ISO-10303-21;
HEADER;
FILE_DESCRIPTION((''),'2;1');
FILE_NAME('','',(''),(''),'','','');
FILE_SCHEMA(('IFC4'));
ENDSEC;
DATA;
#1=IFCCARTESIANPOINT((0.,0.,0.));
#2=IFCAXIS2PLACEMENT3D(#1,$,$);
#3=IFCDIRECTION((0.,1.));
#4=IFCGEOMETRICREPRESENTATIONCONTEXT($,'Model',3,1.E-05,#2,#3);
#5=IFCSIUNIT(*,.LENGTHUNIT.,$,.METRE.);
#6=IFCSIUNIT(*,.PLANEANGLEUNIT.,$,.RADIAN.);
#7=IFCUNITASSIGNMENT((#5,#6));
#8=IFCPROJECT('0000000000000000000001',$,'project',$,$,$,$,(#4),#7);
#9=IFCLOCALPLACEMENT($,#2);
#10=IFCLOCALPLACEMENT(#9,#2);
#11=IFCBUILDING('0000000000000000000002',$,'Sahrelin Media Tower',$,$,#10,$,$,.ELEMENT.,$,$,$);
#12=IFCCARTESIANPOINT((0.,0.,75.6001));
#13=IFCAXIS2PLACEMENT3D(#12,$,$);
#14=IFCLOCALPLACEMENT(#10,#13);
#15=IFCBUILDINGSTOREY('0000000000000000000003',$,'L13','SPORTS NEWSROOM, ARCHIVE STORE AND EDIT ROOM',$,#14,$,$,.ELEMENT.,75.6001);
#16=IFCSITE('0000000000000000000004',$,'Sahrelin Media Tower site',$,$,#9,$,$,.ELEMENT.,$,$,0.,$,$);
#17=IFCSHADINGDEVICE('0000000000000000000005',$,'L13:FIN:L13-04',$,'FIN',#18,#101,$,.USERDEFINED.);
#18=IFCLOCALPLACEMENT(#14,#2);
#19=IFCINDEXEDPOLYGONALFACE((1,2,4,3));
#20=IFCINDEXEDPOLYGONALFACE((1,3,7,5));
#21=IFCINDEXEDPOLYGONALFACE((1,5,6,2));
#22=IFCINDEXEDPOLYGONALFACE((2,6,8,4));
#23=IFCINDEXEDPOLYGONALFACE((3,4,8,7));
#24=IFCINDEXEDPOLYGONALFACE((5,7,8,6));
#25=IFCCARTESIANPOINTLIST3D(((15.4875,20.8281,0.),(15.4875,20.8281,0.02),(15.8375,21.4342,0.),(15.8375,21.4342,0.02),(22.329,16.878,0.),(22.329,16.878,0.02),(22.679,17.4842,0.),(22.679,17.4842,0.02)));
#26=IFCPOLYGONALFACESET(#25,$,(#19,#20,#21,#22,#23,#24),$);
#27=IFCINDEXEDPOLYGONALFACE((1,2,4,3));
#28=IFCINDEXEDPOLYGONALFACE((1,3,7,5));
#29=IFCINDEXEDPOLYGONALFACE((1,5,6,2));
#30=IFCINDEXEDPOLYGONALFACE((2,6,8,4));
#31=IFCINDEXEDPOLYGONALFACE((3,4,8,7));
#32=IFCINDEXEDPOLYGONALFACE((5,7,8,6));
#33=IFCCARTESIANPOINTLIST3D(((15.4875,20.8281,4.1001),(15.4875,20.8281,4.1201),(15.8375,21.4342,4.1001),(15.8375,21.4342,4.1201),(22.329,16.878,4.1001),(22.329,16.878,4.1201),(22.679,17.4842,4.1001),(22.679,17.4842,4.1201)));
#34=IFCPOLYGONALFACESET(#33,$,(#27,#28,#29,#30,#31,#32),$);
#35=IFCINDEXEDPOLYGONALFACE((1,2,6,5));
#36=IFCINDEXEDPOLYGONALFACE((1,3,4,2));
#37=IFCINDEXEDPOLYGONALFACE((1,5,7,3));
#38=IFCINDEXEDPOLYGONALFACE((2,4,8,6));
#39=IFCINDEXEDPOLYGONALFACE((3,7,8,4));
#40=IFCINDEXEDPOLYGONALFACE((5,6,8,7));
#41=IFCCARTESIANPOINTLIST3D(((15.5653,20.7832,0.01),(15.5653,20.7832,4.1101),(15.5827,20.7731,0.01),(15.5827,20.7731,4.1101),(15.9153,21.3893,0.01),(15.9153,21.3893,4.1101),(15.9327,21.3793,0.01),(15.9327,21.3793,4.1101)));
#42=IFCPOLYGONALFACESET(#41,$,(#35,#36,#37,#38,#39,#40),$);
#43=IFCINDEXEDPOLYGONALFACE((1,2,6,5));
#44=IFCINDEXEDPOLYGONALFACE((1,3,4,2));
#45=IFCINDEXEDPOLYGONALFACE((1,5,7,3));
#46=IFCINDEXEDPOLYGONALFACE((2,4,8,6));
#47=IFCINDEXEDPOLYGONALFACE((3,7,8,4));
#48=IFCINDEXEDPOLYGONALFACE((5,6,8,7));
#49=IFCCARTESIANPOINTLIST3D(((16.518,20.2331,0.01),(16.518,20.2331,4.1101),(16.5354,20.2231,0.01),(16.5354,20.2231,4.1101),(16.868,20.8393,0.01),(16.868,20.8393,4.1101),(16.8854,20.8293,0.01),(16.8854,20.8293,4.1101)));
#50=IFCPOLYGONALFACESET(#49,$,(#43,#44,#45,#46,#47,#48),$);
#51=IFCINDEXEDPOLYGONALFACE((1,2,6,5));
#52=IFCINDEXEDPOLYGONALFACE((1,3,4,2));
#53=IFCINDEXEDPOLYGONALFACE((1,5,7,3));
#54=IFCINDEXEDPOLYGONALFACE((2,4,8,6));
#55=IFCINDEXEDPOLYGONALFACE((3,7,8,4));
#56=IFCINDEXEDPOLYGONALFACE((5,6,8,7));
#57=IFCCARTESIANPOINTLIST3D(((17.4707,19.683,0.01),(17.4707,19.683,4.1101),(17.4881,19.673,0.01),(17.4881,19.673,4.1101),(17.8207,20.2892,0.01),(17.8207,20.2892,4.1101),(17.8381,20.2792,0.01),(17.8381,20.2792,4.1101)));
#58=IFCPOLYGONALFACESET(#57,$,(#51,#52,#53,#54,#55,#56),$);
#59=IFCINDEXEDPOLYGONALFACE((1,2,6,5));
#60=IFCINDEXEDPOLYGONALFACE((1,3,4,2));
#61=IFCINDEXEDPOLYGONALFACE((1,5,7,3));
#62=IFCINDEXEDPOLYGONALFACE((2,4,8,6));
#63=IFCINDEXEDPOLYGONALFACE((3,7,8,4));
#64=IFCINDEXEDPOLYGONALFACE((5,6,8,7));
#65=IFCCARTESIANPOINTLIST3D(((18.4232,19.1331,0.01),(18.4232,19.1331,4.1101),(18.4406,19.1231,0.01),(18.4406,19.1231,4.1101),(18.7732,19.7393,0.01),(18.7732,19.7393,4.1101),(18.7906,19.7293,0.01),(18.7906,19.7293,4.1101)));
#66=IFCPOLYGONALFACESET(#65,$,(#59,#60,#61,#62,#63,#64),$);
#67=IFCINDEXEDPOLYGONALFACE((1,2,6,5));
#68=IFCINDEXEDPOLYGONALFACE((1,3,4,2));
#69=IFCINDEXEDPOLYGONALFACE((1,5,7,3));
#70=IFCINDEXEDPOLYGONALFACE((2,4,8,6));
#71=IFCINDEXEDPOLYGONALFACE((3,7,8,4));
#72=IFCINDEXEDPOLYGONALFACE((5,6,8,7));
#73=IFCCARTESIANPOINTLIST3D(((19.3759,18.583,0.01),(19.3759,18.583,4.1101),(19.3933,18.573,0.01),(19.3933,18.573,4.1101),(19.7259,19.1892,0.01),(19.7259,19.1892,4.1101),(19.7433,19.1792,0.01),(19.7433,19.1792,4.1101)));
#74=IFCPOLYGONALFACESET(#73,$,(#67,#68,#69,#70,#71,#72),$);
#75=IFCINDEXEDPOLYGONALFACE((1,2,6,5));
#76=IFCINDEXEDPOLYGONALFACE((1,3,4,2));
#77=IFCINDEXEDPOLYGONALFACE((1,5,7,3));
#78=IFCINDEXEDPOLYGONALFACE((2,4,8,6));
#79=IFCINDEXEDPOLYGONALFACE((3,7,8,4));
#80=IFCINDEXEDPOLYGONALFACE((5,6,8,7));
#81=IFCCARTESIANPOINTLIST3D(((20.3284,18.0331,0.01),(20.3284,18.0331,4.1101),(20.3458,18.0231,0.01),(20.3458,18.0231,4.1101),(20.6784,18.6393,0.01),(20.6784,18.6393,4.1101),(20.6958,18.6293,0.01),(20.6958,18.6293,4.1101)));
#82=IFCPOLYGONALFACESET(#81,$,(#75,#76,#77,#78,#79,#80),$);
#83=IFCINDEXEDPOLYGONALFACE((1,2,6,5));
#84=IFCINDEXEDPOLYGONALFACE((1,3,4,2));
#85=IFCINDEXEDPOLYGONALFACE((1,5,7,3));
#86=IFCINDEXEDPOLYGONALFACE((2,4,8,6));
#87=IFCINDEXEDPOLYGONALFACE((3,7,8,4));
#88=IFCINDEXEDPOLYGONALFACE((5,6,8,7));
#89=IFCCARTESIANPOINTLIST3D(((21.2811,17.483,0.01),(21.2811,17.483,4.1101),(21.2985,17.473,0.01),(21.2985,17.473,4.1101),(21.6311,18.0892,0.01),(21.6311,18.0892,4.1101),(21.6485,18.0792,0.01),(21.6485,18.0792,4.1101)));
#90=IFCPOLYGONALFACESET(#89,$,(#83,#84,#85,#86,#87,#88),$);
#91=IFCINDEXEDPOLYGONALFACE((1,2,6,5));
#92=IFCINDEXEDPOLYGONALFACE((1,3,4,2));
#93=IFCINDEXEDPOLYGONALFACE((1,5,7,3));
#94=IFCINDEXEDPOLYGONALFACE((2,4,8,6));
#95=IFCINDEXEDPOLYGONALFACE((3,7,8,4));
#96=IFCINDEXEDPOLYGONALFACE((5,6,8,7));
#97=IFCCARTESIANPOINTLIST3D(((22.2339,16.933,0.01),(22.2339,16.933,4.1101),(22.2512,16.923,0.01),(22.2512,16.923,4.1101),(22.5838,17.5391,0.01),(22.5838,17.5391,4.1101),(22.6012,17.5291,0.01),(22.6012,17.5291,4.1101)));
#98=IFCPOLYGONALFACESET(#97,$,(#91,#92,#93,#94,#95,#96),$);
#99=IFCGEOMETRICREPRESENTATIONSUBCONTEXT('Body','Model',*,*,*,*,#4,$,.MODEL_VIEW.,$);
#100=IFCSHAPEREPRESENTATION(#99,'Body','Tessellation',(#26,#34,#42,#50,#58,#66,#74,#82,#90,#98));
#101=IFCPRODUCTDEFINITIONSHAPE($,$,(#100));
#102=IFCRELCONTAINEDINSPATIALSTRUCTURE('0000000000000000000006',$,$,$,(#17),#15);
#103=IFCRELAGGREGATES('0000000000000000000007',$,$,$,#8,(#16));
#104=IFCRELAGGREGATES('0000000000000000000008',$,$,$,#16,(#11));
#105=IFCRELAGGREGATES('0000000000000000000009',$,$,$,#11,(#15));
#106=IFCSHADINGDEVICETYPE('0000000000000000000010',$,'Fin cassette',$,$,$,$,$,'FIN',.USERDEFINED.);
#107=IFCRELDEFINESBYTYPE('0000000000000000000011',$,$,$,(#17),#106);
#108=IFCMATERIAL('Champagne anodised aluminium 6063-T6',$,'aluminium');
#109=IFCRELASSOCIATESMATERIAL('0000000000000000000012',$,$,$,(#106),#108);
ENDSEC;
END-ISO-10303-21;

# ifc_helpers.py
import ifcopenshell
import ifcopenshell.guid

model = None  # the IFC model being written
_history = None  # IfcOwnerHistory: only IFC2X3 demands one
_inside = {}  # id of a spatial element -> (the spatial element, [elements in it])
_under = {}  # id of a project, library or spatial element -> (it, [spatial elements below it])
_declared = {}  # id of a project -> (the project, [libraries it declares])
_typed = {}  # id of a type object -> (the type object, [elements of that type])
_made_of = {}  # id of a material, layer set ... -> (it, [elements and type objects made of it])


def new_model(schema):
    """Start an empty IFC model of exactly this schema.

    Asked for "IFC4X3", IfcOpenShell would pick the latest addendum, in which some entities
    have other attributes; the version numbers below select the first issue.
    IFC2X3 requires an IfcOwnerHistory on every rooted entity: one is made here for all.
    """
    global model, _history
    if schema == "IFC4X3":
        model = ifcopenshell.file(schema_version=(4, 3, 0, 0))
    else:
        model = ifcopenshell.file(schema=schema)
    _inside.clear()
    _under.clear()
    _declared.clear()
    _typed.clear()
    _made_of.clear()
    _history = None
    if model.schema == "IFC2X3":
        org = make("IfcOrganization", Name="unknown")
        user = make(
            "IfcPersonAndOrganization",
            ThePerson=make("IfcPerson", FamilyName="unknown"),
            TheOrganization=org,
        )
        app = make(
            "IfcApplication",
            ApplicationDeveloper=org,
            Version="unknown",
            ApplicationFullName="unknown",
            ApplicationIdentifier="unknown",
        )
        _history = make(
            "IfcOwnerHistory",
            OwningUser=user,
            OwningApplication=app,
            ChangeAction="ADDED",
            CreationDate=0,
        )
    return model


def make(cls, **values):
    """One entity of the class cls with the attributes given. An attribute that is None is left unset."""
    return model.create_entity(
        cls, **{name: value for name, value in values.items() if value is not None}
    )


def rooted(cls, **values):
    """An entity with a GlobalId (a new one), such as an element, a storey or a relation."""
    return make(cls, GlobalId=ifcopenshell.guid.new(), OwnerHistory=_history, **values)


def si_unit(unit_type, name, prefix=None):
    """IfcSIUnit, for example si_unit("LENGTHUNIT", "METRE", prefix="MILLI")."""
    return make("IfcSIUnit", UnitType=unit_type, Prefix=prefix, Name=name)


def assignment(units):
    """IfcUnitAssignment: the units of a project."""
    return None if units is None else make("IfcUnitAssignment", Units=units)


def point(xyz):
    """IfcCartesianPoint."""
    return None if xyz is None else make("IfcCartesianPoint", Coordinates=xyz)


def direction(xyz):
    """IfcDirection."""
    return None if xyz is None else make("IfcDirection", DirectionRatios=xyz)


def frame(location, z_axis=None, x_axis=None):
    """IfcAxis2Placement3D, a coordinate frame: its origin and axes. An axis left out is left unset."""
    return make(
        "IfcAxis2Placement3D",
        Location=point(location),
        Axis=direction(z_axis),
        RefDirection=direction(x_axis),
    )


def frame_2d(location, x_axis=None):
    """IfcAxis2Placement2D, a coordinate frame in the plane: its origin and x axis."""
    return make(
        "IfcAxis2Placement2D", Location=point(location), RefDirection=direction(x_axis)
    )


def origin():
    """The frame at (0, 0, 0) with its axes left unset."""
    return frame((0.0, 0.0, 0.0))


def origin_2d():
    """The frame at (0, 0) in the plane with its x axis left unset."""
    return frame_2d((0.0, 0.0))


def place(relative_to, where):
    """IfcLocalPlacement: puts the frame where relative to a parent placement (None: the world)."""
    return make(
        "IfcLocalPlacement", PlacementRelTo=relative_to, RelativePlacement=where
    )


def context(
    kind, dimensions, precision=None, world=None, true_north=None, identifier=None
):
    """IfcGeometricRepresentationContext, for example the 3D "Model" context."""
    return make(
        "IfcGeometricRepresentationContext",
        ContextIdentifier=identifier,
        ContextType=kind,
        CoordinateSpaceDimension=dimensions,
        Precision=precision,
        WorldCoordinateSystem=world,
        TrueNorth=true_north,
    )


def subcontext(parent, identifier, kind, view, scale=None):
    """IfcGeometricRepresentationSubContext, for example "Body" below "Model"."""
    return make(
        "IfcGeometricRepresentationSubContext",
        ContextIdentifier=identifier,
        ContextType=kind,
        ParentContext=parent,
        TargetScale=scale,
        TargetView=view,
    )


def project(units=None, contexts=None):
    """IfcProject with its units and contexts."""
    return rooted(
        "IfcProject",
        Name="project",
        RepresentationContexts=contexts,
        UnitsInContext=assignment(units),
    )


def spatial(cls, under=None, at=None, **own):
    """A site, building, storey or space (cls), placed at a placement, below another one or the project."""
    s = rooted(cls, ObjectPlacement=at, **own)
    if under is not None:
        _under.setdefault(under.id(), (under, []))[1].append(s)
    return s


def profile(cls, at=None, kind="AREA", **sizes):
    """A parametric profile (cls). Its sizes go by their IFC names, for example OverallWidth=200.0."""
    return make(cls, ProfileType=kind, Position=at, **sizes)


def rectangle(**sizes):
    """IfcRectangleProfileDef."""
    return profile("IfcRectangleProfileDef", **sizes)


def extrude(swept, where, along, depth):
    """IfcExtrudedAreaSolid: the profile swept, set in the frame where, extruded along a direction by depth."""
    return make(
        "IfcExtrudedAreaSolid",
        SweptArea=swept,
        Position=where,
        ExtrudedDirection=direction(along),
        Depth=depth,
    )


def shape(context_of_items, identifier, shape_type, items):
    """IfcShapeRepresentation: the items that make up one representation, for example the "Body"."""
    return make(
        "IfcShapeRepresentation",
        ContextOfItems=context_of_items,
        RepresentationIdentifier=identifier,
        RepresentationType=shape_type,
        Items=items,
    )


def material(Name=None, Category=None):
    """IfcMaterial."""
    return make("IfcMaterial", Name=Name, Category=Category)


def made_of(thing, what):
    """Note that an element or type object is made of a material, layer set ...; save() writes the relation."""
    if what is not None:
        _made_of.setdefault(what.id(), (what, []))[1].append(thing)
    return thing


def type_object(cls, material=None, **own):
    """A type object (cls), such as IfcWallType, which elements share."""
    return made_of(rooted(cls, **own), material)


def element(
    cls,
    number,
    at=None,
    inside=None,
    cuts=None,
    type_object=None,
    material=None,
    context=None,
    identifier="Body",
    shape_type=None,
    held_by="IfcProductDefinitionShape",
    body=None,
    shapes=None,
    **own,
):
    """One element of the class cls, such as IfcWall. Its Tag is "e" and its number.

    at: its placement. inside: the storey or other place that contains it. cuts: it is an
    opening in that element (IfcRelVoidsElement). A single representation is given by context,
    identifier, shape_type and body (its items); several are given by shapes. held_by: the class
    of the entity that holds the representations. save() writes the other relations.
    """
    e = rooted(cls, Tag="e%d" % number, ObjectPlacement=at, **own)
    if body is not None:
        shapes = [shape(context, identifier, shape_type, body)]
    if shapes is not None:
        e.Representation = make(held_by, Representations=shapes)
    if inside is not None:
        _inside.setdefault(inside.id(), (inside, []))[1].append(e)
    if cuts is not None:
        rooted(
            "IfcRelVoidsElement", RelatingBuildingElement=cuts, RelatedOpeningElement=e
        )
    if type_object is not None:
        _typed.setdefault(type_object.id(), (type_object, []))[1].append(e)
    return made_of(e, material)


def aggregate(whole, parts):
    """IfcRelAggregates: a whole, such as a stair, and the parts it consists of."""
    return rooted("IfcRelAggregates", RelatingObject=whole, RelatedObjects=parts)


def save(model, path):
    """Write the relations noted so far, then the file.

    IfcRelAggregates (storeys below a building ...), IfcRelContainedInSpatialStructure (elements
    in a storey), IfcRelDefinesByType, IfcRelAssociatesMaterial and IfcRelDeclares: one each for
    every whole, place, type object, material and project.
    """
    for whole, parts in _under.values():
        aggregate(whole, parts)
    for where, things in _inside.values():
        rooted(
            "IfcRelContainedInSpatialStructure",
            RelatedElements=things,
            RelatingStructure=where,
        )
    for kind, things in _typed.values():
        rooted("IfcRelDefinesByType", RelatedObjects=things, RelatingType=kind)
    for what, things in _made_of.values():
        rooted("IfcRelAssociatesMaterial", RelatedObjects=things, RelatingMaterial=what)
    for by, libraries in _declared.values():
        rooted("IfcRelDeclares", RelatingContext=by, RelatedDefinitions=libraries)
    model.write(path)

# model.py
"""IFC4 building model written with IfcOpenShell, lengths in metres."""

from ifc_helpers import new_model, si_unit, direction, frame, origin, origin_2d, place, context, subcontext, project, spatial, rectangle, extrude, material, type_object, element, save


model = new_model("IFC4")

# Units and contexts
model_context = context("Model", 3, precision=1e-05, world=origin(), true_north=direction((0.0, 1.0)))
body_context = subcontext(model_context, "Body", "Model", "MODEL_VIEW")
ifc_project = project(units=[si_unit("LENGTHUNIT", "METRE"), si_unit("PLANEANGLEUNIT", "RADIAN")], contexts=[model_context])

# Site, building, storey
site_placement = place(None, origin())
site = spatial("IfcSite", under=ifc_project, at=site_placement, Name="Sahrelin Media Tower site", CompositionType="ELEMENT", RefElevation=0.0)
building_placement = place(site_placement, origin())
building = spatial("IfcBuilding", under=site, at=building_placement, Name="Sahrelin Media Tower", CompositionType="ELEMENT")
storey_placement = place(building_placement, frame((0.0, 0.0, 75.6001)))
storey = spatial("IfcBuildingStorey", under=building, at=storey_placement, Name="L13", Description="SPORTS NEWSROOM, ARCHIVE STORE AND EDIT ROOM", CompositionType="ELEMENT", Elevation=75.6001)

# Shared definitions
ifc_material_1 = material(Name="Champagne anodised aluminium 6063-T6", Category="aluminium")

# Shading device
shading_device_type_1 = type_object("IfcShadingDeviceType", Name="Fin cassette", ElementType="FIN", PredefinedType="USERDEFINED", material=ifc_material_1)
placement = place(storey_placement, frame((18.8733, 18.7925, 0.0), z_axis=(0.0, 0.0, 1.0), x_axis=(0.866019, -0.500011, 0.0)))
element("IfcShadingDevice", 1, at=placement, inside=storey, type_object=shading_device_type_1, Name="L13:FIN:L13-04", ObjectType="FIN", PredefinedType="USERDEFINED", context=body_context, shape_type="SweptSolid", body=[
    extrude(rectangle(XDim=7.8999, YDim=0.7, at=origin_2d()), frame((0.0, 0.4199, 0.0)), (0.0, 0.0, 1.0), 0.02),
    extrude(rectangle(XDim=7.8999, YDim=0.7, at=origin_2d()), frame((0.0, 0.4199, 4.1001)), (0.0, 0.0, 1.0), 0.02),
    extrude(rectangle(XDim=0.02, YDim=0.7, at=origin_2d()), frame((-3.8501, 0.4199, 0.01), z_axis=(0.0, 0.0, 1.0), x_axis=(1.0, 0.0, 0.0)), (0.0, 0.0, 1.0), 4.1001),
    extrude(rectangle(XDim=0.02, YDim=0.7, at=origin_2d()), frame((-2.75, 0.4199, 0.01), z_axis=(0.0, 0.0, 1.0), x_axis=(1.0, 0.0, 0.0)), (0.0, 0.0, 1.0), 4.1001),
    extrude(rectangle(XDim=0.02, YDim=0.7, at=origin_2d()), frame((-1.6499, 0.4199, 0.01), z_axis=(0.0, 0.0, 1.0), x_axis=(1.0, 0.0, 0.0)), (0.0, 0.0, 1.0), 4.1001),
    extrude(rectangle(XDim=0.02, YDim=0.7, at=origin_2d()), frame((-0.55, 0.4199, 0.01), z_axis=(0.0, 0.0, 1.0), x_axis=(1.0, 0.0, 0.0)), (0.0, 0.0, 1.0), 4.1001),
    extrude(rectangle(XDim=0.02, YDim=0.7, at=origin_2d()), frame((0.55, 0.4199, 0.01), z_axis=(0.0, 0.0, 1.0), x_axis=(1.0, 0.0, 0.0)), (0.0, 0.0, 1.0), 4.1001),
    extrude(rectangle(XDim=0.02, YDim=0.7, at=origin_2d()), frame((1.6499, 0.4199, 0.01), z_axis=(0.0, 0.0, 1.0), x_axis=(1.0, 0.0, 0.0)), (0.0, 0.0, 1.0), 4.1001),
    extrude(rectangle(XDim=0.02, YDim=0.7, at=origin_2d()), frame((2.75, 0.4199, 0.01), z_axis=(0.0, 0.0, 1.0), x_axis=(1.0, 0.0, 0.0)), (0.0, 0.0, 1.0), 4.1001),
    extrude(rectangle(XDim=0.02, YDim=0.7, at=origin_2d()), frame((3.8501, 0.4199, 0.01), z_axis=(0.0, 0.0, 1.0), x_axis=(1.0, 0.0, 0.0)), (0.0, 0.0, 1.0), 4.1001),
])

save(model, "model.ifc")
